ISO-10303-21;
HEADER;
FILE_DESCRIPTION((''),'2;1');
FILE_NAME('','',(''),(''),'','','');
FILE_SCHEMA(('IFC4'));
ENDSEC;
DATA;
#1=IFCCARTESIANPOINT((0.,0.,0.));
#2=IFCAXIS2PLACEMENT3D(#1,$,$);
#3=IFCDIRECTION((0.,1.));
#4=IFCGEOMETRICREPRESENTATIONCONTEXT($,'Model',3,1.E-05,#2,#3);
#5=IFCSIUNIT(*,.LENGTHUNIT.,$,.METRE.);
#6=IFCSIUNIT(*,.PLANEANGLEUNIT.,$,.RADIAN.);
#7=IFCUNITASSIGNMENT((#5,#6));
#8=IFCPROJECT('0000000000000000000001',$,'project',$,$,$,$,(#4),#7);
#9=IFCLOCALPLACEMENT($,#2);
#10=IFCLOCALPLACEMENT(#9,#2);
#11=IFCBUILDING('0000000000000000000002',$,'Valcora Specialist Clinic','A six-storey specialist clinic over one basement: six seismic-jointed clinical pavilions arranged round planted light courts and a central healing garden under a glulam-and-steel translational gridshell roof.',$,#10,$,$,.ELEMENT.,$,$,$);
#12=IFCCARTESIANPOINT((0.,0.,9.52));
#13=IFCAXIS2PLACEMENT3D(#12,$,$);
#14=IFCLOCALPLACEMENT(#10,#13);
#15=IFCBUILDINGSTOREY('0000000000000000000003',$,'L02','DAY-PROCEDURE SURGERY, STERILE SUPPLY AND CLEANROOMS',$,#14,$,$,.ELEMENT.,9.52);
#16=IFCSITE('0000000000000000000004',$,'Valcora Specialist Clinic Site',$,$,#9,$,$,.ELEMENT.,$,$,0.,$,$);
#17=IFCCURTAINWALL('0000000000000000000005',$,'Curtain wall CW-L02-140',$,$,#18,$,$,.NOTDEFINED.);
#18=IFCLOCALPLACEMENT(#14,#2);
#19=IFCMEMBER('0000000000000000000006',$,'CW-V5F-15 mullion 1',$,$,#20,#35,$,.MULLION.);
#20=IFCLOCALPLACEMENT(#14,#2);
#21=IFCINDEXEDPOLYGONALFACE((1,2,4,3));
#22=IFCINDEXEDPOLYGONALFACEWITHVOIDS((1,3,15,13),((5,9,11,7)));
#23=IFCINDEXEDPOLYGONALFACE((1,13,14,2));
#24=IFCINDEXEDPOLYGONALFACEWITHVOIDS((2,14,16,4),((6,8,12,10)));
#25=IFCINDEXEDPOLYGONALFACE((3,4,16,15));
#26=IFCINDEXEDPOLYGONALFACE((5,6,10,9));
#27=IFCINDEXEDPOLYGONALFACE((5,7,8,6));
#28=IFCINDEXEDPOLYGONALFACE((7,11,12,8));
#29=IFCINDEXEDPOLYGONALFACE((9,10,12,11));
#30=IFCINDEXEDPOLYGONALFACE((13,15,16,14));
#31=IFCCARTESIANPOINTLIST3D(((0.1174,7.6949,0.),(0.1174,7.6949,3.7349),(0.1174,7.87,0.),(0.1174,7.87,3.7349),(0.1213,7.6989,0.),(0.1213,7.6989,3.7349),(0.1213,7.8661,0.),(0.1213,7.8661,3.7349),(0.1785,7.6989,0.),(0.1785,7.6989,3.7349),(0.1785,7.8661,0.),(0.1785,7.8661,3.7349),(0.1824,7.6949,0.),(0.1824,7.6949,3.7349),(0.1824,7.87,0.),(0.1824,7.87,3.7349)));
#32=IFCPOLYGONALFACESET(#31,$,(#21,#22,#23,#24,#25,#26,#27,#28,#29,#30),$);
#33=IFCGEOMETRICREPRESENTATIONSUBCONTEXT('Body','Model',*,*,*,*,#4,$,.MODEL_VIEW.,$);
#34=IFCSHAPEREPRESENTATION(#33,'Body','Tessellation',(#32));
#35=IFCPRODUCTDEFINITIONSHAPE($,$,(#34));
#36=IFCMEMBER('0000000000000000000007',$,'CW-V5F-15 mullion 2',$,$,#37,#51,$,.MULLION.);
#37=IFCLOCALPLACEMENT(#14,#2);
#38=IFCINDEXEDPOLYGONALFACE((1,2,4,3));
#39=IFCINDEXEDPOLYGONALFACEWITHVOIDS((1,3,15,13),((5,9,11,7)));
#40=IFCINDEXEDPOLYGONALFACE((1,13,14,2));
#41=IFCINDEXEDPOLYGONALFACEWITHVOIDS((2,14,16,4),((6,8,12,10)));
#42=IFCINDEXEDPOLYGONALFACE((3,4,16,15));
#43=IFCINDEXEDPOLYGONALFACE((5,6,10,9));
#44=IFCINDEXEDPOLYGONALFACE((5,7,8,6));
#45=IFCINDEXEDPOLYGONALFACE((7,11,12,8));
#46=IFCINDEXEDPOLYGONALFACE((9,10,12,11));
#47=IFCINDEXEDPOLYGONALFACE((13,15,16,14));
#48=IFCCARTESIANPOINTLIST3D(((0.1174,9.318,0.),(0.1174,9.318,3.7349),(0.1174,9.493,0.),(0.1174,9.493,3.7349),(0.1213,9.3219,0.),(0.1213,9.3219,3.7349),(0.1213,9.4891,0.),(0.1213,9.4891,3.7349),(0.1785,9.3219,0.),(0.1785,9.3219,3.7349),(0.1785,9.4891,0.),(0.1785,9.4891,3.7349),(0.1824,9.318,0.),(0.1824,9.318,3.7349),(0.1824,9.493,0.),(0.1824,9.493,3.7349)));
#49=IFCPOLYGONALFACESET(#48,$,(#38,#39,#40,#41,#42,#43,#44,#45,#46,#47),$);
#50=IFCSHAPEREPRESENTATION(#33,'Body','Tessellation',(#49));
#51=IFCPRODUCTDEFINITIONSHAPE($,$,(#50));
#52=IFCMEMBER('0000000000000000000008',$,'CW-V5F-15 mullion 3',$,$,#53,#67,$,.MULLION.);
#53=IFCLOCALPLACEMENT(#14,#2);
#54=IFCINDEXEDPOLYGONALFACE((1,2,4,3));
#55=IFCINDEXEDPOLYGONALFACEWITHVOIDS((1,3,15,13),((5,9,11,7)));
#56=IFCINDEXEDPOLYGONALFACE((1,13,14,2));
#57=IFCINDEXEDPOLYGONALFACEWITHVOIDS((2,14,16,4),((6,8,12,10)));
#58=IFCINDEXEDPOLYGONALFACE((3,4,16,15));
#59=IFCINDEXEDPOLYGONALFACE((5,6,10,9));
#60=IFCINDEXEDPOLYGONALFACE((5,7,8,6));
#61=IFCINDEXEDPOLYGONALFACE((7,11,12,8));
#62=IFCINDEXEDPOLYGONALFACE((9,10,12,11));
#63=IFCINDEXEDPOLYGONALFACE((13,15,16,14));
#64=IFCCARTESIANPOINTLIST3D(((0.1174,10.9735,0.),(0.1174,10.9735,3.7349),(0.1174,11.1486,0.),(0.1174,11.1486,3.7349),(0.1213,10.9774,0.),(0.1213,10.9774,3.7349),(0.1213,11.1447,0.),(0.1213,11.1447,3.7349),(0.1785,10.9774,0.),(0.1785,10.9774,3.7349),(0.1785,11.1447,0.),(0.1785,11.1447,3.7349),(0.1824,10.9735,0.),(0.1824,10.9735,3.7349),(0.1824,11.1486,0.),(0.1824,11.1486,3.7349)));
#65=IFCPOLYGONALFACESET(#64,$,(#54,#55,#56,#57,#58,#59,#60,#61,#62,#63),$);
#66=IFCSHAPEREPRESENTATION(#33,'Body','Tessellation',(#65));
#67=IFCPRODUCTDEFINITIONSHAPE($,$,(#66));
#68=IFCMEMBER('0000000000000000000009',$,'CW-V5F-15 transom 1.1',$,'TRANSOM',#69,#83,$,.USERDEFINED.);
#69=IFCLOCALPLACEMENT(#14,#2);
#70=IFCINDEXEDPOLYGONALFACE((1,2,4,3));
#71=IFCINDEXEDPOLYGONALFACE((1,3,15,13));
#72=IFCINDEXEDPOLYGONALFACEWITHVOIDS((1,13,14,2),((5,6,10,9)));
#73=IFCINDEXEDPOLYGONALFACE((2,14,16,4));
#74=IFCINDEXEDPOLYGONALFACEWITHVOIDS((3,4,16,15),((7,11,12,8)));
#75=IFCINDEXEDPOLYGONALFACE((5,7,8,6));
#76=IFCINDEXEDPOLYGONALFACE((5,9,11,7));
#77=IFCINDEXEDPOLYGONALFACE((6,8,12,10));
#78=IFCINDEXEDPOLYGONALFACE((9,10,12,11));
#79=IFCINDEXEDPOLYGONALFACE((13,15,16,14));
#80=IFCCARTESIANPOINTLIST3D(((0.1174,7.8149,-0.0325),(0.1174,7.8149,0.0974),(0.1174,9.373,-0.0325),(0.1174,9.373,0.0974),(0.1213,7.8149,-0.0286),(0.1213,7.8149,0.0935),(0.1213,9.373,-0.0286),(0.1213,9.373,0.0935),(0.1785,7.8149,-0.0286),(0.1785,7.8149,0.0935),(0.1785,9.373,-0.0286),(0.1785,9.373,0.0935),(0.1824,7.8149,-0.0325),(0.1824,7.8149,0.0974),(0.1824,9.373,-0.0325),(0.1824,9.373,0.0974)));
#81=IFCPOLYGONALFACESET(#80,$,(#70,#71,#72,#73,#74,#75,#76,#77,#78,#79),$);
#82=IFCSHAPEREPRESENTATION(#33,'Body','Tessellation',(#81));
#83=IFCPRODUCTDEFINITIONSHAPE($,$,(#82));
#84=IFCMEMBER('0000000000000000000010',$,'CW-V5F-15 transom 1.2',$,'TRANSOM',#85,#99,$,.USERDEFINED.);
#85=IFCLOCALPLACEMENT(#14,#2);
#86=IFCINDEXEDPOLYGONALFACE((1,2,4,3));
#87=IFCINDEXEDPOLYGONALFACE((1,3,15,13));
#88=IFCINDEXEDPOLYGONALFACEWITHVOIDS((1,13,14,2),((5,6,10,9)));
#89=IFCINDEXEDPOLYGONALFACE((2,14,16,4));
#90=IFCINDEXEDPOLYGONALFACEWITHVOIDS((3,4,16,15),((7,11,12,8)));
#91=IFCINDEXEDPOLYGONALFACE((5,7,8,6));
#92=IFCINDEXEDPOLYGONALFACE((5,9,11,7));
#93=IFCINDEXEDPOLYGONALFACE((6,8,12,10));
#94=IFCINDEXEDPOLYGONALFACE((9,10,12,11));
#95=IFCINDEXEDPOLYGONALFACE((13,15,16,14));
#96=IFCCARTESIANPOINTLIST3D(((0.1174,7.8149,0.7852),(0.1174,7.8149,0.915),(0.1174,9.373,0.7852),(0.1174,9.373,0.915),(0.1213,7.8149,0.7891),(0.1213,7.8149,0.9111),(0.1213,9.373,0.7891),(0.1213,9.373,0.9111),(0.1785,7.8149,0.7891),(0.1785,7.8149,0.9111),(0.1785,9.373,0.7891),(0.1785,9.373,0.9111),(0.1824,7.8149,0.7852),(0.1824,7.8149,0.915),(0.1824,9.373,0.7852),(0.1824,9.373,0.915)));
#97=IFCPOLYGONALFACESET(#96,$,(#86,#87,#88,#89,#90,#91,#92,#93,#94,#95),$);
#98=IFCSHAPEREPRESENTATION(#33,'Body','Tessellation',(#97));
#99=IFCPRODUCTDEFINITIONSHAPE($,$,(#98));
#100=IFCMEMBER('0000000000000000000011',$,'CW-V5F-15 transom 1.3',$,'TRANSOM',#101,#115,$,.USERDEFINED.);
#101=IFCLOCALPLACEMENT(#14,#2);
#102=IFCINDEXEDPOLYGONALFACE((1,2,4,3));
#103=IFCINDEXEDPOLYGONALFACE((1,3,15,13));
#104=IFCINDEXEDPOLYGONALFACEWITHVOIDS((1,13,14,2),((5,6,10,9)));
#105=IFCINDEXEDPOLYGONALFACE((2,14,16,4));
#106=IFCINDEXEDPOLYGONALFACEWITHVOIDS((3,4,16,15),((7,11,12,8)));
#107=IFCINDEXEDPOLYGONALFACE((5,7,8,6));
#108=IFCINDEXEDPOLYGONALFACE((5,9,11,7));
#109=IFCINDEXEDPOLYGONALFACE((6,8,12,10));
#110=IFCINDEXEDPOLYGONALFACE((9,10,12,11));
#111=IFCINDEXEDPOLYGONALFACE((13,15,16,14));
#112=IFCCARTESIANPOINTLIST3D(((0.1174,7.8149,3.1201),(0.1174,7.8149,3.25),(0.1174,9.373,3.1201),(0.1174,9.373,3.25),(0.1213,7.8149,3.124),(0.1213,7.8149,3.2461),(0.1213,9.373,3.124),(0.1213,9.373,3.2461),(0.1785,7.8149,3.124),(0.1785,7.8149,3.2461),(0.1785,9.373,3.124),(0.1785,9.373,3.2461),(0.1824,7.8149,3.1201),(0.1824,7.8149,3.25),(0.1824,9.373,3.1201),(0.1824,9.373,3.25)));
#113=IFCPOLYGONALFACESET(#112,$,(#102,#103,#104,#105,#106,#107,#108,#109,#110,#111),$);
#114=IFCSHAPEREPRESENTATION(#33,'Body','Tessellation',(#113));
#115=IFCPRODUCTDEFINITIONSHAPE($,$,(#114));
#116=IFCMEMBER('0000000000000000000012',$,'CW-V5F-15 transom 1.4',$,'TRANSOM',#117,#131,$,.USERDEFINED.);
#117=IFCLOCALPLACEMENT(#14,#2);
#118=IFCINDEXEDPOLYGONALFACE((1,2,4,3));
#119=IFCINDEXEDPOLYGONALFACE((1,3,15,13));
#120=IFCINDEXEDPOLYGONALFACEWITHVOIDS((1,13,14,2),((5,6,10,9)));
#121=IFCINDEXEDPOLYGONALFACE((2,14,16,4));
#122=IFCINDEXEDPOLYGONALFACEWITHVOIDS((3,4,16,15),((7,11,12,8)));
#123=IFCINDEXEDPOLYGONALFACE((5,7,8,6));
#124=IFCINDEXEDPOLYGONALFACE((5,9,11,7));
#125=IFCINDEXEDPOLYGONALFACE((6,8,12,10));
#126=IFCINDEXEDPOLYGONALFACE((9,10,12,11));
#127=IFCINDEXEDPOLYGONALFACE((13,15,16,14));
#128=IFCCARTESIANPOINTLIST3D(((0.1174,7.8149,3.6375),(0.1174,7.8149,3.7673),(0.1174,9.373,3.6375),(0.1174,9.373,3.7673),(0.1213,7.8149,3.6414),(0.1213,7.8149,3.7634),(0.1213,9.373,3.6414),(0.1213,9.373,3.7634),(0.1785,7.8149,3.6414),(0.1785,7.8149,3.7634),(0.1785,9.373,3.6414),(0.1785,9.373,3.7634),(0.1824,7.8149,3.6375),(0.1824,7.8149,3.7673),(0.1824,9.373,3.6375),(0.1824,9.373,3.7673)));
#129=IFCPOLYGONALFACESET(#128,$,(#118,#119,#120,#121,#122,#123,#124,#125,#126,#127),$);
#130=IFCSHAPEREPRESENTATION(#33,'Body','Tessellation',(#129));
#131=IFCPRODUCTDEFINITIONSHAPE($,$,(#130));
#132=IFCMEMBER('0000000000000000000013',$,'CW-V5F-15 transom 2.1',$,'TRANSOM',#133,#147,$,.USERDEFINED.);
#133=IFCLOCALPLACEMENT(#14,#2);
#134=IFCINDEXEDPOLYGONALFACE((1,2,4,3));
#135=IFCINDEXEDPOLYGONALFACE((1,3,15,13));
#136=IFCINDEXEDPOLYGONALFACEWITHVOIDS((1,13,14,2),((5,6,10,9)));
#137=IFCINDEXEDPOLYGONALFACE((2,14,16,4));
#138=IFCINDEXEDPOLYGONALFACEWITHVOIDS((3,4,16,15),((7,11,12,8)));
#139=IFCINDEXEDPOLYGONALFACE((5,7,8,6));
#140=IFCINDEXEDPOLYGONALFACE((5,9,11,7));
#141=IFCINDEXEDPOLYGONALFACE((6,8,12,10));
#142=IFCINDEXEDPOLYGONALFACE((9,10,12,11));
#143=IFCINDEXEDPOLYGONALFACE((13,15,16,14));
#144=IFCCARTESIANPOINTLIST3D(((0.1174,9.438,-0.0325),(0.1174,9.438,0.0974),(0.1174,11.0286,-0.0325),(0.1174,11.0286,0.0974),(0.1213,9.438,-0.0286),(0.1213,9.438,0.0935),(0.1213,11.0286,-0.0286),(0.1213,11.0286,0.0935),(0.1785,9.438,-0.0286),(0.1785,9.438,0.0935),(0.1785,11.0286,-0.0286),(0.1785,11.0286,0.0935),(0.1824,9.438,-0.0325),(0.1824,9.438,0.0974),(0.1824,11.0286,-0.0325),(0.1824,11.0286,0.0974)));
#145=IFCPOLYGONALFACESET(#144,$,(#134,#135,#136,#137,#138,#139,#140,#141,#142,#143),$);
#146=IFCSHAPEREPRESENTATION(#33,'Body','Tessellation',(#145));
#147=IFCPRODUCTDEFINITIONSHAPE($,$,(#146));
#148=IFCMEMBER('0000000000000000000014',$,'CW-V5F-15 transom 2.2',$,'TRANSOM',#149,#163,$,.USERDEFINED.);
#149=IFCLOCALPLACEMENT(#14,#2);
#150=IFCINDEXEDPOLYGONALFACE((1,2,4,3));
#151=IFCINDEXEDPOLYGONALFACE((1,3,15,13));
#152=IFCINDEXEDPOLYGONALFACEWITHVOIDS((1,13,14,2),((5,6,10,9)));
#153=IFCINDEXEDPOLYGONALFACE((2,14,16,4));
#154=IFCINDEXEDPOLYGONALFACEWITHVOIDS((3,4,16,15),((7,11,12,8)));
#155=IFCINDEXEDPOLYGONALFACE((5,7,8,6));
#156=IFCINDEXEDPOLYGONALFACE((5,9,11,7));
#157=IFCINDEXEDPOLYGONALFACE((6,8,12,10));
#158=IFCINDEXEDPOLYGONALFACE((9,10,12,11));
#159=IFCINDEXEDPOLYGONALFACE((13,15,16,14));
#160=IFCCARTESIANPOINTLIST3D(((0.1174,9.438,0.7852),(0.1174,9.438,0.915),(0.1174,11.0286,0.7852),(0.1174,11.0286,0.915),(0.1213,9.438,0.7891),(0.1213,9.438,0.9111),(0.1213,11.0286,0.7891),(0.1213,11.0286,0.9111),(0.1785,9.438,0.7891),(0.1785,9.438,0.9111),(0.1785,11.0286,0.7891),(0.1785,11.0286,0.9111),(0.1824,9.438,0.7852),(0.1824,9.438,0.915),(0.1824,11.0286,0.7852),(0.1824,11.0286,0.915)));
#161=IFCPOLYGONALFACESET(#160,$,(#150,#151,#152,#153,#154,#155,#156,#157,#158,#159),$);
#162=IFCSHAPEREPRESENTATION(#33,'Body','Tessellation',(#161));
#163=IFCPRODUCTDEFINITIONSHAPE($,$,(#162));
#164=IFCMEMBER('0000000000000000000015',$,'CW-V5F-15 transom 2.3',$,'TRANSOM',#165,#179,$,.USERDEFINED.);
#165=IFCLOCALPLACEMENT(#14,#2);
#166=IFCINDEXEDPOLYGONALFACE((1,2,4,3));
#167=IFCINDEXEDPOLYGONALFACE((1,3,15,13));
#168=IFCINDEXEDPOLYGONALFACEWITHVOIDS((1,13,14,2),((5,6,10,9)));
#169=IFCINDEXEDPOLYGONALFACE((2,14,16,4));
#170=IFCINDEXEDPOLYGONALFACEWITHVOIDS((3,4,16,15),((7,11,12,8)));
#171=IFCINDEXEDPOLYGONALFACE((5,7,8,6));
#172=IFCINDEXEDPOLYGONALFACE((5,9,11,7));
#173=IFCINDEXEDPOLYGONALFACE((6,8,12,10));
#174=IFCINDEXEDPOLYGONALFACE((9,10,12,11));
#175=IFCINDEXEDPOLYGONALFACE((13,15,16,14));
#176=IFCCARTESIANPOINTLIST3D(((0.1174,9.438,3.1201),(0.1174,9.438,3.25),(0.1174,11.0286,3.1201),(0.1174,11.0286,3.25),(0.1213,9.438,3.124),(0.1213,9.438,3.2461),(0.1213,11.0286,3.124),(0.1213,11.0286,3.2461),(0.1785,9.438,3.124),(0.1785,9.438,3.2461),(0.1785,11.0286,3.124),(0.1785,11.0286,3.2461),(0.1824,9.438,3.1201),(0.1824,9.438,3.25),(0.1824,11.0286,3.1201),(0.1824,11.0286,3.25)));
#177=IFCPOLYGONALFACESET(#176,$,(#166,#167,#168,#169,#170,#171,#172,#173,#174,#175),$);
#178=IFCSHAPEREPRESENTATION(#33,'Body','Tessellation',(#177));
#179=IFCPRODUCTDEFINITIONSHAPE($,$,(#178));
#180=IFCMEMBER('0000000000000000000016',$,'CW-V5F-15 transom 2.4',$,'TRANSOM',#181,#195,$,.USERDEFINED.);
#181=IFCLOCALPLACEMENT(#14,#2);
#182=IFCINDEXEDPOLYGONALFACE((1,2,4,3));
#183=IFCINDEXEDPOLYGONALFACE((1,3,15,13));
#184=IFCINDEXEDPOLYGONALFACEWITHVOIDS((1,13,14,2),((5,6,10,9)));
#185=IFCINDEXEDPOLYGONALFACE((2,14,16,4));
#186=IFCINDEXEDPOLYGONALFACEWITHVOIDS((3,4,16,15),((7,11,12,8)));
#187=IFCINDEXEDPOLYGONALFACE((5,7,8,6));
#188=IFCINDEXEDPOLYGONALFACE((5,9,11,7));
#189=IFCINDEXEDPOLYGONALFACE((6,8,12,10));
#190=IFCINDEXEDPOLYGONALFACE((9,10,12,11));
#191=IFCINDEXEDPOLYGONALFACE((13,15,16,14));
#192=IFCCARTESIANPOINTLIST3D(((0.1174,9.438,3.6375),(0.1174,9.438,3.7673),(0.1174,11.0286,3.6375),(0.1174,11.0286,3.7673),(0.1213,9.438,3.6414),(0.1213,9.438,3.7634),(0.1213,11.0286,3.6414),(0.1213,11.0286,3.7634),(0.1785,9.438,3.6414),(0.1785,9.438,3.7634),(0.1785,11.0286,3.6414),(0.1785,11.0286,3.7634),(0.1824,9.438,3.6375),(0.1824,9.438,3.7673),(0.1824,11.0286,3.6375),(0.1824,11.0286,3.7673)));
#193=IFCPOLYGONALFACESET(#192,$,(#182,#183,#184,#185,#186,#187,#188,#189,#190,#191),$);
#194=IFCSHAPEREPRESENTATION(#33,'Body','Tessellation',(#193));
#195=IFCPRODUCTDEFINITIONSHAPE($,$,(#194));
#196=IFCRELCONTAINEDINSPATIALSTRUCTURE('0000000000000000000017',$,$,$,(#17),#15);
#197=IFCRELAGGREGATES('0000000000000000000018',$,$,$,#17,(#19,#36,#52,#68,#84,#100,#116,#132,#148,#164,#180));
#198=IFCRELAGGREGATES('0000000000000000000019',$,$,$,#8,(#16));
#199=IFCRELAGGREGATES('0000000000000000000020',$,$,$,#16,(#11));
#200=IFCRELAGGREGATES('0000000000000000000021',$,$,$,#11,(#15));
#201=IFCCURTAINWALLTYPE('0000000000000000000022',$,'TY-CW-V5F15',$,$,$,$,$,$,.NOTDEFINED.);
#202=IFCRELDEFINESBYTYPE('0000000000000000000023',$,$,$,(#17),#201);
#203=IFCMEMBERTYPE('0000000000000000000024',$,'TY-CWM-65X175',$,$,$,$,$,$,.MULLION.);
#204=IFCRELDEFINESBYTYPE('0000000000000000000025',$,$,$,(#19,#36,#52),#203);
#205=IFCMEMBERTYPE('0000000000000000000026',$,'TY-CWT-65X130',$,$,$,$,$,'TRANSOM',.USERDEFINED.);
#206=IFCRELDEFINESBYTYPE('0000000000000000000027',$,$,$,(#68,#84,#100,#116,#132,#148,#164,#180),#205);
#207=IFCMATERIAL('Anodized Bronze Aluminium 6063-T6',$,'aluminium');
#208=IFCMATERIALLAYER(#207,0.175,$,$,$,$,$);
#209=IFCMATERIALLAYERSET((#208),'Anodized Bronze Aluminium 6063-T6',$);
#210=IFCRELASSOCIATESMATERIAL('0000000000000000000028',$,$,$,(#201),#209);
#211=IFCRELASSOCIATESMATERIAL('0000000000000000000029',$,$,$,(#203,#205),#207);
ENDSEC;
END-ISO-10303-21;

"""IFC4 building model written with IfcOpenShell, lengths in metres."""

from ifc_helpers import new_model, si_unit, direction, frame, origin, origin_2d, place, context, subcontext, project, spatial, hollow_rectangle, extrude, material, layer, layer_set, material_profile, profile_set, type_object, element, aggregate, save


model = new_model("IFC4")

# Units and contexts
model_context = context("Model", 3, precision=1e-05, world=origin(), true_north=direction((0.0, 1.0)))
body_context = subcontext(model_context, "Body", "Model", "MODEL_VIEW")
ifc_project = project(units=[si_unit("LENGTHUNIT", "METRE"), si_unit("PLANEANGLEUNIT", "RADIAN")], contexts=[model_context])

# Site, building, storey
site_placement = place(None, origin())
site = spatial("IfcSite", under=ifc_project, at=site_placement, Name="Valcora Specialist Clinic Site", CompositionType="ELEMENT", RefElevation=0.0)
building_placement = place(site_placement, origin())
building = spatial("IfcBuilding", under=site, at=building_placement, Name="Valcora Specialist Clinic", Description="A six-storey specialist clinic over one basement: six seismic-jointed clinical pavilions arranged round planted light courts and a central healing garden under a glulam-and-steel translational gridshell roof.", CompositionType="ELEMENT")
storey_placement = place(building_placement, frame((0.0, 0.0, 9.52)))
storey = spatial("IfcBuildingStorey", under=building, at=storey_placement, Name="L02", Description="DAY-PROCEDURE SURGERY, STERILE SUPPLY AND CLEANROOMS", CompositionType="ELEMENT", Elevation=9.52)

# Curtain wall, members
ifc_material_1 = material(Name="Anodized Bronze Aluminium 6063-T6", Category="aluminium")
ifc_layer_1 = layer(ifc_material_1, 0.175)
ifc_layer_set_1 = layer_set([ifc_layer_1], Name="Anodized Bronze Aluminium 6063-T6")
curtain_wall_type = type_object("IfcCurtainWallType", Name="TY-CW-V5F15", PredefinedType="NOTDEFINED", material=ifc_layer_set_1)
curtain_wall_placement = place(storey_placement, origin())
curtain_wall = element("IfcCurtainWall", 1, at=curtain_wall_placement, inside=storey, type_object=curtain_wall_type, Name="Curtain wall CW-L02-140", PredefinedType="NOTDEFINED")
ifc_material_profile_1 = material_profile(ifc_material_1, hollow_rectangle(XDim=0.0649, YDim=0.175, WallThickness=0.0039, at=origin_2d()), Name="AL-MUL-65X175")
ifc_profile_set_1 = profile_set([ifc_material_profile_1], Name="Anodized Bronze Aluminium 6063-T6")
member_type_1 = type_object("IfcMemberType", Name="TY-CWM-65X175", PredefinedType="MULLION", material=ifc_profile_set_1)
member_1_placement = place(storey_placement, frame((0.1499, 7.7825, 0.0), z_axis=(0.0, 0.0, 1.0), x_axis=(-1.0, 0.0, 0.0)))
member_1 = element("IfcMember", 2, at=member_1_placement, type_object=member_type_1, Name="CW-V5F-15 mullion 1", PredefinedType="MULLION", context=body_context, shape_type="SweptSolid", body=[
    extrude(hollow_rectangle(XDim=0.0649, YDim=0.175, WallThickness=0.0039, at=origin_2d()), origin(), (0.0, 0.0, 1.0), 3.7349),
])
member_2_placement = place(storey_placement, frame((0.1499, 9.4055, 0.0), z_axis=(0.0, 0.0, 1.0), x_axis=(-1.0, 0.0, 0.0)))
member_2 = element("IfcMember", 3, at=member_2_placement, type_object=member_type_1, Name="CW-V5F-15 mullion 2", PredefinedType="MULLION", context=body_context, shape_type="SweptSolid", body=[
    extrude(hollow_rectangle(XDim=0.0649, YDim=0.175, WallThickness=0.0039, at=origin_2d()), origin(), (0.0, 0.0, 1.0), 3.7349),
])
member_3_placement = place(storey_placement, frame((0.1499, 11.061, 0.0), z_axis=(0.0, 0.0, 1.0), x_axis=(-1.0, 0.0, 0.0)))
member_3 = element("IfcMember", 4, at=member_3_placement, type_object=member_type_1, Name="CW-V5F-15 mullion 3", PredefinedType="MULLION", context=body_context, shape_type="SweptSolid", body=[
    extrude(hollow_rectangle(XDim=0.0649, YDim=0.175, WallThickness=0.0039, at=origin_2d()), origin(), (0.0, 0.0, 1.0), 3.7349),
])
ifc_material_profile_2 = material_profile(ifc_material_1, hollow_rectangle(XDim=0.0649, YDim=0.1299, WallThickness=0.0039, at=origin_2d()), Name="AL-TRN-65X130")
ifc_profile_set_2 = profile_set([ifc_material_profile_2], Name="Anodized Bronze Aluminium 6063-T6")
member_type_2 = type_object("IfcMemberType", Name="TY-CWT-65X130", ElementType="TRANSOM", PredefinedType="USERDEFINED", material=ifc_profile_set_2)
member_4_placement = place(storey_placement, frame((0.1499, 7.8149, 0.0325), z_axis=(0.0, 1.0, 0.0), x_axis=(-1.0, 0.0, 0.0)))
member_4 = element("IfcMember", 5, at=member_4_placement, type_object=member_type_2, Name="CW-V5F-15 transom 1.1", ObjectType="TRANSOM", PredefinedType="USERDEFINED", context=body_context, shape_type="SweptSolid", body=[
    extrude(hollow_rectangle(XDim=0.0649, YDim=0.1299, WallThickness=0.0039, at=origin_2d()), origin(), (0.0, 0.0, 1.0), 1.5581),
])
member_5_placement = place(storey_placement, frame((0.1499, 7.8149, 0.8501), z_axis=(0.0, 1.0, 0.0), x_axis=(-1.0, 0.0, 0.0)))
member_5 = element("IfcMember", 6, at=member_5_placement, type_object=member_type_2, Name="CW-V5F-15 transom 1.2", ObjectType="TRANSOM", PredefinedType="USERDEFINED", context=body_context, shape_type="SweptSolid", body=[
    extrude(hollow_rectangle(XDim=0.0649, YDim=0.1299, WallThickness=0.0039, at=origin_2d()), origin(), (0.0, 0.0, 1.0), 1.5581),
])
member_6_placement = place(storey_placement, frame((0.1499, 7.8149, 3.1851), z_axis=(0.0, 1.0, 0.0), x_axis=(-1.0, 0.0, 0.0)))
member_6 = element("IfcMember", 7, at=member_6_placement, type_object=member_type_2, Name="CW-V5F-15 transom 1.3", ObjectType="TRANSOM", PredefinedType="USERDEFINED", context=body_context, shape_type="SweptSolid", body=[
    extrude(hollow_rectangle(XDim=0.0649, YDim=0.1299, WallThickness=0.0039, at=origin_2d()), origin(), (0.0, 0.0, 1.0), 1.5581),
])
member_7_placement = place(storey_placement, frame((0.1499, 7.8149, 3.7024), z_axis=(0.0, 1.0, 0.0), x_axis=(-1.0, 0.0, 0.0)))
member_7 = element("IfcMember", 8, at=member_7_placement, type_object=member_type_2, Name="CW-V5F-15 transom 1.4", ObjectType="TRANSOM", PredefinedType="USERDEFINED", context=body_context, shape_type="SweptSolid", body=[
    extrude(hollow_rectangle(XDim=0.0649, YDim=0.1299, WallThickness=0.0039, at=origin_2d()), origin(), (0.0, 0.0, 1.0), 1.5581),
])
member_8_placement = place(storey_placement, frame((0.1499, 9.438, 0.0325), z_axis=(0.0, 1.0, 0.0), x_axis=(-1.0, 0.0, 0.0)))
member_8 = element("IfcMember", 9, at=member_8_placement, type_object=member_type_2, Name="CW-V5F-15 transom 2.1", ObjectType="TRANSOM", PredefinedType="USERDEFINED", context=body_context, shape_type="SweptSolid", body=[
    extrude(hollow_rectangle(XDim=0.0649, YDim=0.1299, WallThickness=0.0039, at=origin_2d()), origin(), (0.0, 0.0, 1.0), 1.5906),
])
member_9_placement = place(storey_placement, frame((0.1499, 9.438, 0.8501), z_axis=(0.0, 1.0, 0.0), x_axis=(-1.0, 0.0, 0.0)))
member_9 = element("IfcMember", 10, at=member_9_placement, type_object=member_type_2, Name="CW-V5F-15 transom 2.2", ObjectType="TRANSOM", PredefinedType="USERDEFINED", context=body_context, shape_type="SweptSolid", body=[
    extrude(hollow_rectangle(XDim=0.0649, YDim=0.1299, WallThickness=0.0039, at=origin_2d()), origin(), (0.0, 0.0, 1.0), 1.5906),
])
member_10_placement = place(storey_placement, frame((0.1499, 9.438, 3.1851), z_axis=(0.0, 1.0, 0.0), x_axis=(-1.0, 0.0, 0.0)))
member_10 = element("IfcMember", 11, at=member_10_placement, type_object=member_type_2, Name="CW-V5F-15 transom 2.3", ObjectType="TRANSOM", PredefinedType="USERDEFINED", context=body_context, shape_type="SweptSolid", body=[
    extrude(hollow_rectangle(XDim=0.0649, YDim=0.1299, WallThickness=0.0039, at=origin_2d()), origin(), (0.0, 0.0, 1.0), 1.5906),
])
member_11_placement = place(storey_placement, frame((0.1499, 9.438, 3.7024), z_axis=(0.0, 1.0, 0.0), x_axis=(-1.0, 0.0, 0.0)))
member_11 = element("IfcMember", 12, at=member_11_placement, type_object=member_type_2, Name="CW-V5F-15 transom 2.4", ObjectType="TRANSOM", PredefinedType="USERDEFINED", context=body_context, shape_type="SweptSolid", body=[
    extrude(hollow_rectangle(XDim=0.0649, YDim=0.1299, WallThickness=0.0039, at=origin_2d()), origin(), (0.0, 0.0, 1.0), 1.5906),
])
aggregate(curtain_wall, [member_1, member_2, member_3, member_4, member_5, member_6, member_7, member_8, member_9, member_10, member_11])

save(model, "model.ifc")
